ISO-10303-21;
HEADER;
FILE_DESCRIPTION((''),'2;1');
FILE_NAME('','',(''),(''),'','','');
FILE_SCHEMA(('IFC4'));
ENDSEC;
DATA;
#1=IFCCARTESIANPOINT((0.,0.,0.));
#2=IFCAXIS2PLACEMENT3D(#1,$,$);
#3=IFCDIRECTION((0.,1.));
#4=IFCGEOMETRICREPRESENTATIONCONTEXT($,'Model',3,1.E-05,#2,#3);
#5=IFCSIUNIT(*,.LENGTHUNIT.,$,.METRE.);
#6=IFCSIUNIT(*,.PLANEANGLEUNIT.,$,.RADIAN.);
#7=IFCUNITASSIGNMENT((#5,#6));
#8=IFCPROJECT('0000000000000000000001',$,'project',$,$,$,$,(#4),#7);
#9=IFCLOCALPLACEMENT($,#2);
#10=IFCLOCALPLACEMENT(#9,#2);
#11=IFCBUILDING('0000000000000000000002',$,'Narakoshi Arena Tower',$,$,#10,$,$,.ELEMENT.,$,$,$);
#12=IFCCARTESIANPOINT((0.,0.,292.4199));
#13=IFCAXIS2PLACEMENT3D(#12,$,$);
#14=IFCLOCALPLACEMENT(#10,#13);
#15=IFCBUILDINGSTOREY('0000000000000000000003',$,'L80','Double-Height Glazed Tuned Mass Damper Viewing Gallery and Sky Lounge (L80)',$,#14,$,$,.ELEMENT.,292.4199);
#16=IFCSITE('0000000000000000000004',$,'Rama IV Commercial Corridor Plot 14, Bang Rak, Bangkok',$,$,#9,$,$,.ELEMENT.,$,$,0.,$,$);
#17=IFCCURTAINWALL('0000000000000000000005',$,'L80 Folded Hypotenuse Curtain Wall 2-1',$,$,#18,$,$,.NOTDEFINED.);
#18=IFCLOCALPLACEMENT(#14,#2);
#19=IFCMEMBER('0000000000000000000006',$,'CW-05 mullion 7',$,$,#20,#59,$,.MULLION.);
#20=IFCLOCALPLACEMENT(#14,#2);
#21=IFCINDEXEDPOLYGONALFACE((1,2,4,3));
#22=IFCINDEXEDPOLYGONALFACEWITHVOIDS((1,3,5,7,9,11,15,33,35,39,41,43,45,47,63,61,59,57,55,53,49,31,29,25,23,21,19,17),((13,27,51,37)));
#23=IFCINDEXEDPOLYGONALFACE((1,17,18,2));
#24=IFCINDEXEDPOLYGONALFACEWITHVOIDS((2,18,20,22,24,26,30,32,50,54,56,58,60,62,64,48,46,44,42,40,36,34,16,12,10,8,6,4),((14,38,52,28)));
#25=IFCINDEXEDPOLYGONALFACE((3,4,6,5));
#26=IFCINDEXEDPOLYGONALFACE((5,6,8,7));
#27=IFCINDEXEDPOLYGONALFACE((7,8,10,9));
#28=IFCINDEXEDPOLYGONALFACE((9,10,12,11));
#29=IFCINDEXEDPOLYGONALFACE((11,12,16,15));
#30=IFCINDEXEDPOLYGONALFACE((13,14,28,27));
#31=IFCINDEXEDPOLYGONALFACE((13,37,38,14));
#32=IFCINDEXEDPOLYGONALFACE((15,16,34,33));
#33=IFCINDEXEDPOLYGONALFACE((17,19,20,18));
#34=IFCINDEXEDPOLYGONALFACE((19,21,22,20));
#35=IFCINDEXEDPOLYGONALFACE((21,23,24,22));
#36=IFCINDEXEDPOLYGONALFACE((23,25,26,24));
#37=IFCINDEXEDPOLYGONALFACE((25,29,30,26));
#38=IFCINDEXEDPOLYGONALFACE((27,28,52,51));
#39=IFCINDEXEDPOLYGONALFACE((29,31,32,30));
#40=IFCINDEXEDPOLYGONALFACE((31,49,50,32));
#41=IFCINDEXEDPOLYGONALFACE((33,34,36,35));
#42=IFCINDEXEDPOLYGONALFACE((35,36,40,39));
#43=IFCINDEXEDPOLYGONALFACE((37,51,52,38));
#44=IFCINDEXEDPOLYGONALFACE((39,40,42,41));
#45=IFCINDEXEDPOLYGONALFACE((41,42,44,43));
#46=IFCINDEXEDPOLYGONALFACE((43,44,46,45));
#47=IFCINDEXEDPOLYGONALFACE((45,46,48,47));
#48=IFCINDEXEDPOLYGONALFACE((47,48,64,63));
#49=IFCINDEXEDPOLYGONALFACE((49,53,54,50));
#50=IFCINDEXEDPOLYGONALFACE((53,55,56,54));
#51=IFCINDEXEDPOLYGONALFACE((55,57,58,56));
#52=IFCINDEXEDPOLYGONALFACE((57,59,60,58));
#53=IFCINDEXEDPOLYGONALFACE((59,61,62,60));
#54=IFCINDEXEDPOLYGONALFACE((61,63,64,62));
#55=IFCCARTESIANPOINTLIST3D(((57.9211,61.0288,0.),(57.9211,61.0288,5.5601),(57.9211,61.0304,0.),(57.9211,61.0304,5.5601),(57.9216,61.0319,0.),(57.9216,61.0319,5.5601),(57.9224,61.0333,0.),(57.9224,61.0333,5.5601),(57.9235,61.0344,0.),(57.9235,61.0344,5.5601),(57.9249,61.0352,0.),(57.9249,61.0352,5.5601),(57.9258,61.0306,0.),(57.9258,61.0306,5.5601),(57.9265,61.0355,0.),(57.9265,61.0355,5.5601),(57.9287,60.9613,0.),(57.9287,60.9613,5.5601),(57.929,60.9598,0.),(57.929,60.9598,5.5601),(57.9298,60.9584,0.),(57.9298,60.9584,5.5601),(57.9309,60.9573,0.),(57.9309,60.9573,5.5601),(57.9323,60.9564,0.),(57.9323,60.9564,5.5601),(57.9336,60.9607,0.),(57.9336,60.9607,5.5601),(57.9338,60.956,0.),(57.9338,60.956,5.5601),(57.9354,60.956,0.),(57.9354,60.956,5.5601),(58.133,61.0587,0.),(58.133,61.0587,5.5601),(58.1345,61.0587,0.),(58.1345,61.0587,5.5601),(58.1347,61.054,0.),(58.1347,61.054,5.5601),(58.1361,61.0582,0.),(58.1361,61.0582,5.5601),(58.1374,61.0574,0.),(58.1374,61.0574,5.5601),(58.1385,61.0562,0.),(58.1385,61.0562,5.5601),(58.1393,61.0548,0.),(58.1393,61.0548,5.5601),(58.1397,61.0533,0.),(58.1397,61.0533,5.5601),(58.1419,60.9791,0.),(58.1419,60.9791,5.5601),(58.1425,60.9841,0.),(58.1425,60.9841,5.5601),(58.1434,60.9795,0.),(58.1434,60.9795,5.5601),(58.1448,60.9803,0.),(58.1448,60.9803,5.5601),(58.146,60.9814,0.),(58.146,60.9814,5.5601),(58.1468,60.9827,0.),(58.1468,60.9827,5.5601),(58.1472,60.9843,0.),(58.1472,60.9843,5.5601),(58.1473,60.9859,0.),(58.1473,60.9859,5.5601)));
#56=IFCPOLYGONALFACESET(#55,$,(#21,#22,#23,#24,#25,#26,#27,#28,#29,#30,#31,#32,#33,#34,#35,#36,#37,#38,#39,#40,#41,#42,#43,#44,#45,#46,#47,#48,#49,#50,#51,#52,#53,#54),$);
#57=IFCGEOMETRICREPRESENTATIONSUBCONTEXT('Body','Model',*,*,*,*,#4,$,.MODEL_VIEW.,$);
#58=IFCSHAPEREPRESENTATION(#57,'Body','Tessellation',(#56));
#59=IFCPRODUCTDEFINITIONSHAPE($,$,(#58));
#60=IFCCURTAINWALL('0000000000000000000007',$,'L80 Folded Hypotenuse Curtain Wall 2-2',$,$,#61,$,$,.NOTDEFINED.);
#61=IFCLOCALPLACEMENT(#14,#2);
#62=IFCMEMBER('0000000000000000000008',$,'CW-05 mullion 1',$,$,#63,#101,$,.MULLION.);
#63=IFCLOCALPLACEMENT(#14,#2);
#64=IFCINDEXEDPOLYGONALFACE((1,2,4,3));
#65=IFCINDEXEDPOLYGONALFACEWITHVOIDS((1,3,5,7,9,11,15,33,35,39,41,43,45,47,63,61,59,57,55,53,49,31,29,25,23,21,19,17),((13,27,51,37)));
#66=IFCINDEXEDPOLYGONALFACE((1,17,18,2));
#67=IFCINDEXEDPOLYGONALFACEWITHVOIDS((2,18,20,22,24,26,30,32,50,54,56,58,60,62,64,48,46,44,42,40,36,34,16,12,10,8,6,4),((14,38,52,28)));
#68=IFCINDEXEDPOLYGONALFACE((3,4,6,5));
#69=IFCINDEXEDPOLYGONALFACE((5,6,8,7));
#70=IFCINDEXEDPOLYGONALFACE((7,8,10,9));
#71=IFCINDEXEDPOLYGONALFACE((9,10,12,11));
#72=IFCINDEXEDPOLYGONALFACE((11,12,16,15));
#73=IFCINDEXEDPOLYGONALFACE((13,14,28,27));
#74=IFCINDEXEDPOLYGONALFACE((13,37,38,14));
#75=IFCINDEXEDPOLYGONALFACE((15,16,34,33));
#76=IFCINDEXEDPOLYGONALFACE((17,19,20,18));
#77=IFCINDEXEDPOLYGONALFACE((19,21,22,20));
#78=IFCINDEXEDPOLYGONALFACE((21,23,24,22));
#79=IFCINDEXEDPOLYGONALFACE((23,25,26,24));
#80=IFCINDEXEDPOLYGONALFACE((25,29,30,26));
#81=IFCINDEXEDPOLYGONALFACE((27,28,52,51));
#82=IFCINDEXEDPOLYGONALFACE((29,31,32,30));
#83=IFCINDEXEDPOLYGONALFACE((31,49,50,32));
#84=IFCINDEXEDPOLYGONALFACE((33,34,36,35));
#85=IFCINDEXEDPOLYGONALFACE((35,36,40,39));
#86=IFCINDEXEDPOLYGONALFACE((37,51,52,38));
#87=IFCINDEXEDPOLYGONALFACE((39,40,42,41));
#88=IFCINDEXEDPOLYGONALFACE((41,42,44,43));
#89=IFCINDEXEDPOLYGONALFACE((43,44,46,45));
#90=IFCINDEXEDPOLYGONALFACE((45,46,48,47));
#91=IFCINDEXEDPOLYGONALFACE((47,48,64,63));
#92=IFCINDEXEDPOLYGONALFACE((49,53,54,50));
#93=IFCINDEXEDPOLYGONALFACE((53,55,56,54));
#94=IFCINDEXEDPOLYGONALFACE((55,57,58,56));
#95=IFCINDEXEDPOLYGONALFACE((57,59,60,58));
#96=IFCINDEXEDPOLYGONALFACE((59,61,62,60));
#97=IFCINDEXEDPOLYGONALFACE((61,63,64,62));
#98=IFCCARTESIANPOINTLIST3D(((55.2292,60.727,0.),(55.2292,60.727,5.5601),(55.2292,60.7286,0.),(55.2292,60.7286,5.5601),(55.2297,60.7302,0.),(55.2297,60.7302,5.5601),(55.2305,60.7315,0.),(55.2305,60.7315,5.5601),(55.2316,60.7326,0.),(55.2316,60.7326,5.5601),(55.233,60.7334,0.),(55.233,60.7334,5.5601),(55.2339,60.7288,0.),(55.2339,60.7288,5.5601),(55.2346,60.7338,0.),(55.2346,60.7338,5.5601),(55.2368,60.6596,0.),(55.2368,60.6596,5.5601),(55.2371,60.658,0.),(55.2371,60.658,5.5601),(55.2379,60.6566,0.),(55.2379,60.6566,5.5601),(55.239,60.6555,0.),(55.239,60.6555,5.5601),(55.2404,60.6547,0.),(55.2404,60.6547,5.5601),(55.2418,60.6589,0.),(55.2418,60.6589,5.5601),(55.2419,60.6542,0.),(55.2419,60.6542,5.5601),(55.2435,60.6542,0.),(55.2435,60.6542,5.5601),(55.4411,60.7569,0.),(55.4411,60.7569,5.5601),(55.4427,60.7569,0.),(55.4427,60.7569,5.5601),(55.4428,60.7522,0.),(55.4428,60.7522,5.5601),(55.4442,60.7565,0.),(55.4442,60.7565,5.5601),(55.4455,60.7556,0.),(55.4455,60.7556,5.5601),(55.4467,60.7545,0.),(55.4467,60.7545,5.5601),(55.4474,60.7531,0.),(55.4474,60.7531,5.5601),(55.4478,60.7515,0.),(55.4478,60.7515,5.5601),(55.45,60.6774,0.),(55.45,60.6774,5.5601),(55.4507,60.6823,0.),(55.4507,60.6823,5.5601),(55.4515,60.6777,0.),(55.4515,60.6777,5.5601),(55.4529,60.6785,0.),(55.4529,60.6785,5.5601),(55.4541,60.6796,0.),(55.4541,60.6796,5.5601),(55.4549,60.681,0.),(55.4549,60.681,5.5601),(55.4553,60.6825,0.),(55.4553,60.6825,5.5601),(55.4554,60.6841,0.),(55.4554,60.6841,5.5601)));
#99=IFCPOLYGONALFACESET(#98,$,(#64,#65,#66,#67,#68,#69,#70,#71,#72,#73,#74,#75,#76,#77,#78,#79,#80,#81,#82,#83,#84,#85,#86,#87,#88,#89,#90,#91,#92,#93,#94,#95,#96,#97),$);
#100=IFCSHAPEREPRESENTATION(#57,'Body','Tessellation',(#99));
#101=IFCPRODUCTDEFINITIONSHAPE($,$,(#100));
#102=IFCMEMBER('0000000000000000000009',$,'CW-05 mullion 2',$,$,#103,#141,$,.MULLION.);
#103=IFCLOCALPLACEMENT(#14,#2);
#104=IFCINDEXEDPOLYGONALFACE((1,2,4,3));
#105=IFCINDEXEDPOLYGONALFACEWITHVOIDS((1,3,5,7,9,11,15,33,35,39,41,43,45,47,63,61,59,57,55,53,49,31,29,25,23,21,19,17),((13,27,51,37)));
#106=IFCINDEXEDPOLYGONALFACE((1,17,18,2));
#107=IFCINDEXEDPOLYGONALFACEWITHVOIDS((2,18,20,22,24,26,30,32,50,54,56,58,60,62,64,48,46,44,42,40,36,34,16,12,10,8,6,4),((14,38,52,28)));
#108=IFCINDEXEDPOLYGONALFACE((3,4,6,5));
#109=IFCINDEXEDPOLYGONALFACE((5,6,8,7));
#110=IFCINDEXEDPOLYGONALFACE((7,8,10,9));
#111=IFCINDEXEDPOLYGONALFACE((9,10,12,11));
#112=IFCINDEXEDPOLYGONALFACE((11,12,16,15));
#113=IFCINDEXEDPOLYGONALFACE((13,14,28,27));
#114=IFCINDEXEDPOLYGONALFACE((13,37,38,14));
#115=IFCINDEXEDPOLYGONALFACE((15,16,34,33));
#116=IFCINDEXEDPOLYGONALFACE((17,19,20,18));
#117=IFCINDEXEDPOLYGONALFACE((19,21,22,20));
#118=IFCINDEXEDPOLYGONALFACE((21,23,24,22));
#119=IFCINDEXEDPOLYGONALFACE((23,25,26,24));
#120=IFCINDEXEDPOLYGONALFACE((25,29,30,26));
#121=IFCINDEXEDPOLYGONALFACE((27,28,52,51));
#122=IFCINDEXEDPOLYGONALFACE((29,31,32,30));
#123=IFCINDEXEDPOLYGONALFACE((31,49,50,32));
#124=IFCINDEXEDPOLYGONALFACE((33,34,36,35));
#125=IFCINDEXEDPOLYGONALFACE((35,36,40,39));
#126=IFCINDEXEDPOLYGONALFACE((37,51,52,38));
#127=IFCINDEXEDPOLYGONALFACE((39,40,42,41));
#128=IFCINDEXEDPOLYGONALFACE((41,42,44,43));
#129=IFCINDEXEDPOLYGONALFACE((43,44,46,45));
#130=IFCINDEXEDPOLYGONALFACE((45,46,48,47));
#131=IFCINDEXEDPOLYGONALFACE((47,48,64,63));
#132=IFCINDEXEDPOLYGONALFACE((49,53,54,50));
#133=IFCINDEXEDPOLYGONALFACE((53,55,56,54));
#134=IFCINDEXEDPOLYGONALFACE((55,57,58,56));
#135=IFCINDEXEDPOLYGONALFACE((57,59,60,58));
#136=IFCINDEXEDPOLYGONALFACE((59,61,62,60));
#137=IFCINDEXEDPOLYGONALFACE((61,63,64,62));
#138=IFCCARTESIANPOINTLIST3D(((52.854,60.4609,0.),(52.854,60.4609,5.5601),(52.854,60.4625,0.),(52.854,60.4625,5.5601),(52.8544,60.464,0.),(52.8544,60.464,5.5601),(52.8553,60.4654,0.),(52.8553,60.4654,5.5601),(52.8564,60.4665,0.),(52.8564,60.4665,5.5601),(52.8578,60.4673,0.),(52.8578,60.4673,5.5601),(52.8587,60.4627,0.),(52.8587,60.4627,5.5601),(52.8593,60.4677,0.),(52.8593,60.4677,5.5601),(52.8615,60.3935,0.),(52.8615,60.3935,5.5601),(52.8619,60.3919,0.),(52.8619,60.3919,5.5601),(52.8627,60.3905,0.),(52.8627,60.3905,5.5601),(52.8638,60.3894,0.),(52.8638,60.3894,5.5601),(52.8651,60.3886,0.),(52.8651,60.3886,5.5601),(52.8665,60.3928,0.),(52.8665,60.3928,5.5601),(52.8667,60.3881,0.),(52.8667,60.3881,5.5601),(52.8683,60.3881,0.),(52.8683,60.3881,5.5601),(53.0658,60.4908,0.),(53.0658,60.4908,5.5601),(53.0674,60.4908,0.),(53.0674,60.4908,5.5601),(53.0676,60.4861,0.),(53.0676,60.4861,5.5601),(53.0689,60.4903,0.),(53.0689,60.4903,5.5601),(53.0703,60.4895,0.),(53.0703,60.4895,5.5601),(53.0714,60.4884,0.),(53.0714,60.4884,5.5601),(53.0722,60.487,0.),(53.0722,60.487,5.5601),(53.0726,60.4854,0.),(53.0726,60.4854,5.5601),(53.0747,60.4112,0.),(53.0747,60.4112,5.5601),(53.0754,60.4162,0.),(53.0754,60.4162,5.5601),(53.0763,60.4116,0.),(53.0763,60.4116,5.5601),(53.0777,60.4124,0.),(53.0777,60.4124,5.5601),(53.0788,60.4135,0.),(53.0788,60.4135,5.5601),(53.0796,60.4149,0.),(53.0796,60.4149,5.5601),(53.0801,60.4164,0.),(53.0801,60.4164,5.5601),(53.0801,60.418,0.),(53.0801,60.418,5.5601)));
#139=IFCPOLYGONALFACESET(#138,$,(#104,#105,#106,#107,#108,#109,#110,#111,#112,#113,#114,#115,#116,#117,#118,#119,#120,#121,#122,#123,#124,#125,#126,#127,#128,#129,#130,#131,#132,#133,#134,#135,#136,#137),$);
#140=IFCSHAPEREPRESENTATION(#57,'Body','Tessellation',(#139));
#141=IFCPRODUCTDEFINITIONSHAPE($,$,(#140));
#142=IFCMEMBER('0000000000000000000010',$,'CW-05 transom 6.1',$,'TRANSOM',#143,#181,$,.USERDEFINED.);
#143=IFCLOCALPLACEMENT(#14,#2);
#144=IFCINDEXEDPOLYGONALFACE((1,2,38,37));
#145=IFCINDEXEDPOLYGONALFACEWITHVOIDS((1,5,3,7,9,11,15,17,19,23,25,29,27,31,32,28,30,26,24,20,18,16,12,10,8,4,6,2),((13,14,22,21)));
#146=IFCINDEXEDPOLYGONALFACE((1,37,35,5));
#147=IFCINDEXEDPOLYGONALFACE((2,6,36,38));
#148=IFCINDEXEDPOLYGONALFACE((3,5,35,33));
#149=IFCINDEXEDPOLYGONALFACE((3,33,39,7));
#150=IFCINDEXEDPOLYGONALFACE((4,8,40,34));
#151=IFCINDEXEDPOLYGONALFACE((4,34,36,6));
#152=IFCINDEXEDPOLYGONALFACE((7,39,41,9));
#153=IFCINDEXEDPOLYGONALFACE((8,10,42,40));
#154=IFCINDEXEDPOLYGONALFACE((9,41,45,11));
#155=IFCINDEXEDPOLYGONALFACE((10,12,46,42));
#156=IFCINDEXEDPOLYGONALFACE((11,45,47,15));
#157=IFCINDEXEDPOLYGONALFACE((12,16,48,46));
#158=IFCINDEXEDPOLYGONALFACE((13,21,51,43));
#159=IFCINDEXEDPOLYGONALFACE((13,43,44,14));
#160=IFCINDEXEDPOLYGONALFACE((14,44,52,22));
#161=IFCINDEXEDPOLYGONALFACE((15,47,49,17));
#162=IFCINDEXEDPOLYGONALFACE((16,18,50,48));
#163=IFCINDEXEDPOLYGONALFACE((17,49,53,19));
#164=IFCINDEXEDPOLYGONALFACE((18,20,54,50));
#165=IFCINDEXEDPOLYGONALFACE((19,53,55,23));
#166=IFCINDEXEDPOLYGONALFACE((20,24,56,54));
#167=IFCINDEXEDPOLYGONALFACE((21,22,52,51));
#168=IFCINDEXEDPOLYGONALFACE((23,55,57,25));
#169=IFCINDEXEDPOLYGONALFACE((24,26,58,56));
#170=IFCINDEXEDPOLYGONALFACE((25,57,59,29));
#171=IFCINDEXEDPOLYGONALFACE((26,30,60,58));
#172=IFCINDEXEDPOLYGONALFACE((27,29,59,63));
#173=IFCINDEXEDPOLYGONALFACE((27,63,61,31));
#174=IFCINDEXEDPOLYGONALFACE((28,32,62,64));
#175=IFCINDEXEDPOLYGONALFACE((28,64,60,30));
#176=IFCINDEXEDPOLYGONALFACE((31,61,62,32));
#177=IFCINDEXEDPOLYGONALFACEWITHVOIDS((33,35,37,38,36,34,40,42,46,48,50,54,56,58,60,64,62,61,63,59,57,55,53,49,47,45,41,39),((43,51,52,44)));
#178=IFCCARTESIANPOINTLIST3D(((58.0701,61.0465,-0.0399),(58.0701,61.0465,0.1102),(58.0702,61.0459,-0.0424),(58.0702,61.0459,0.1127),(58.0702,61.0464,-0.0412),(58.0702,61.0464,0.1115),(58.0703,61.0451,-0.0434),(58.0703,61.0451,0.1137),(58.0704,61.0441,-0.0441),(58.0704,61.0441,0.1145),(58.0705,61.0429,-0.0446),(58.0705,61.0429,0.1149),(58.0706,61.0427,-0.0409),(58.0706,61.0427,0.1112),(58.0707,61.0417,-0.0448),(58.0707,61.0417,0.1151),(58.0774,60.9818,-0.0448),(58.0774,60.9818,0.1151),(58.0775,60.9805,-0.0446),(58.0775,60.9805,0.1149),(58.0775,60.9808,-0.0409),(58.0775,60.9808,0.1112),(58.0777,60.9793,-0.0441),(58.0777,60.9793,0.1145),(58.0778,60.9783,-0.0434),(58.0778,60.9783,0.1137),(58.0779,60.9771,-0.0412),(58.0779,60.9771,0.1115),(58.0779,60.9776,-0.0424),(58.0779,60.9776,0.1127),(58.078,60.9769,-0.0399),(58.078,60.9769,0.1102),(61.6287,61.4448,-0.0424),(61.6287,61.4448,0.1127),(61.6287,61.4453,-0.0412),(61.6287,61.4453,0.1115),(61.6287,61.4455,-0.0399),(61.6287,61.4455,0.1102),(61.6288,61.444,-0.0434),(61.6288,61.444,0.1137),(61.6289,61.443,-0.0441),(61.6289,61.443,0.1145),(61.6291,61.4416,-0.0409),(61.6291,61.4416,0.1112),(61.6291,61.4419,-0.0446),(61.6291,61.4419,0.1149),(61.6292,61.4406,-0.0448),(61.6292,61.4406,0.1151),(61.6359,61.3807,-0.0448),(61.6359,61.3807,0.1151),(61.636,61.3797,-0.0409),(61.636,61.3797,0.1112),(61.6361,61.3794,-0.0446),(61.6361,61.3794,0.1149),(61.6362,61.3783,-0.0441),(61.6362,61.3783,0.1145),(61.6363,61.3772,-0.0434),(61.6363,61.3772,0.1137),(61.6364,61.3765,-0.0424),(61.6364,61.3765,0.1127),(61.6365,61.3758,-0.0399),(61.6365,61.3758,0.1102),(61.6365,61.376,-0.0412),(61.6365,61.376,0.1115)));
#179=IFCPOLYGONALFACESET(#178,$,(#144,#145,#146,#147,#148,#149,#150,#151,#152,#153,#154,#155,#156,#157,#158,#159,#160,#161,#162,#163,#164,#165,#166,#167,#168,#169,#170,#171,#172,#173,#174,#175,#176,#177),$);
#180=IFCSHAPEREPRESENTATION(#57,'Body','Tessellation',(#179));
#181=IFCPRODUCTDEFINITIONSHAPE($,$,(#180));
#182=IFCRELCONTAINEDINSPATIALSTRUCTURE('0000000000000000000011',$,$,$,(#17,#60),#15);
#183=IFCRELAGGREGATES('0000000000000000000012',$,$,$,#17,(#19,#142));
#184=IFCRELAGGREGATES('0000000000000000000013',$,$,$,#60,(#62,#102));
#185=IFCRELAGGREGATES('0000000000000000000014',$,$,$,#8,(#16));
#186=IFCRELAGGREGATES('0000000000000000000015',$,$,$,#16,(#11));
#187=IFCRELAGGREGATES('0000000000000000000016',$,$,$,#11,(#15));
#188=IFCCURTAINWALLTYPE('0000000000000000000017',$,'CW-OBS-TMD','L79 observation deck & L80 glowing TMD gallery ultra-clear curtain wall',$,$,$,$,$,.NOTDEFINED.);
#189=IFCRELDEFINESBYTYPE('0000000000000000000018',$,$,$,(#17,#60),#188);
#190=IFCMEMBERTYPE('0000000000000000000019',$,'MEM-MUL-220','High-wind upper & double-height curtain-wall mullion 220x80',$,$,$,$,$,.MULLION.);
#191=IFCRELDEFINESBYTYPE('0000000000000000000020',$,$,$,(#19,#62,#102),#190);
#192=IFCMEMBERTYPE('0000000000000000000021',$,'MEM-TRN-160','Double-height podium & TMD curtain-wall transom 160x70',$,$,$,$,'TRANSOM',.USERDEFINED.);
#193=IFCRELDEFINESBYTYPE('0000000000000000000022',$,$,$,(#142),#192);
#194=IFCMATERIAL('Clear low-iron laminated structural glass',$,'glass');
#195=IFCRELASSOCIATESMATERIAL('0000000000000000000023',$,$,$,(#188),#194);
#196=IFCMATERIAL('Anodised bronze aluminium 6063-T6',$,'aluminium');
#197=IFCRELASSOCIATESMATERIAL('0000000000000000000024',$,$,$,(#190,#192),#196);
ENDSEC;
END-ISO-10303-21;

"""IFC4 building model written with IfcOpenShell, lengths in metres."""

from ifc_helpers import new_model, si_unit, direction, frame, origin, origin_2d, place, context, subcontext, project, spatial, hollow_rectangle, extrude, material, material_profile, profile_set, type_object, element, aggregate, save


model = new_model("IFC4")

# Units and contexts
model_context = context("Model", 3, precision=1e-05, world=origin(), true_north=direction((0.0, 1.0)))
body_context = subcontext(model_context, "Body", "Model", "MODEL_VIEW")
ifc_project = project(units=[si_unit("LENGTHUNIT", "METRE"), si_unit("PLANEANGLEUNIT", "RADIAN")], contexts=[model_context])

# Site, building, storey
site_placement = place(None, origin())
site = spatial("IfcSite", under=ifc_project, at=site_placement, Name="Rama IV Commercial Corridor Plot 14, Bang Rak, Bangkok", CompositionType="ELEMENT", RefElevation=0.0)
building_placement = place(site_placement, origin())
building = spatial("IfcBuilding", under=site, at=building_placement, Name="Narakoshi Arena Tower", CompositionType="ELEMENT")
storey_placement = place(building_placement, frame((0.0, 0.0, 292.4199)))
storey = spatial("IfcBuildingStorey", under=building, at=storey_placement, Name="L80", Description="Double-Height Glazed Tuned Mass Damper Viewing Gallery and Sky Lounge (L80)", CompositionType="ELEMENT", Elevation=292.4199)

# Curtain walls, members
ifc_material_1 = material(Name="Clear low-iron laminated structural glass", Category="glass")
curtain_wall_type = type_object("IfcCurtainWallType", Name="CW-OBS-TMD", Description="L79 observation deck & L80 glowing TMD gallery ultra-clear curtain wall", PredefinedType="NOTDEFINED", material=ifc_material_1)
curtain_wall_1_placement = place(storey_placement, origin())
curtain_wall_1 = element("IfcCurtainWall", 1, at=curtain_wall_1_placement, inside=storey, type_object=curtain_wall_type, Name="L80 Folded Hypotenuse Curtain Wall 2-1", PredefinedType="NOTDEFINED")
ifc_material_2 = material(Name="Anodised bronze aluminium 6063-T6", Category="aluminium")
ifc_material_profile_1 = material_profile(ifc_material_2, hollow_rectangle(XDim=0.0801, YDim=0.22, WallThickness=0.0049, OuterFilletRadius=0.0061, at=origin_2d()), Name="MUL220x80x5")
ifc_profile_set_1 = profile_set([ifc_material_profile_1], Name="Anodised bronze aluminium 6063-T6")
member_type_1 = type_object("IfcMemberType", Name="MEM-MUL-220", Description="High-wind upper & double-height curtain-wall mullion 220x80", PredefinedType="MULLION", material=ifc_profile_set_1)
member_1_placement = place(storey_placement, frame((58.0342, 61.0073, 0.0), z_axis=(0.0, 0.0, 1.0), x_axis=(0.111397, -0.993776, 0.0)))
member_1 = element("IfcMember", 2, at=member_1_placement, type_object=member_type_1, Name="CW-05 mullion 7", PredefinedType="MULLION", context=body_context, shape_type="SweptSolid", body=[
    extrude(hollow_rectangle(XDim=0.0801, YDim=0.22, WallThickness=0.0049, OuterFilletRadius=0.0061, at=origin_2d()), origin(), (0.0, 0.0, 1.0), 5.5601),
])
curtain_wall_2_placement = place(storey_placement, origin())
curtain_wall_2 = element("IfcCurtainWall", 3, at=curtain_wall_2_placement, inside=storey, type_object=curtain_wall_type, Name="L80 Folded Hypotenuse Curtain Wall 2-2", PredefinedType="NOTDEFINED")
member_2_placement = place(storey_placement, frame((55.3423, 60.7056, 0.0), z_axis=(0.0, 0.0, 1.0), x_axis=(0.111418, -0.993774, 0.0)))
member_2 = element("IfcMember", 4, at=member_2_placement, type_object=member_type_1, Name="CW-05 mullion 1", PredefinedType="MULLION", context=body_context, shape_type="SweptSolid", body=[
    extrude(hollow_rectangle(XDim=0.0801, YDim=0.22, WallThickness=0.0049, OuterFilletRadius=0.0061, at=origin_2d()), origin(), (0.0, 0.0, 1.0), 5.5601),
])
member_3_placement = place(storey_placement, frame((52.967, 60.4395, 0.0), z_axis=(0.0, 0.0, 1.0), x_axis=(0.111418, -0.993774, 0.0)))
member_3 = element("IfcMember", 5, at=member_3_placement, type_object=member_type_1, Name="CW-05 mullion 2", PredefinedType="MULLION", context=body_context, shape_type="SweptSolid", body=[
    extrude(hollow_rectangle(XDim=0.0801, YDim=0.22, WallThickness=0.0049, OuterFilletRadius=0.0061, at=origin_2d()), origin(), (0.0, 0.0, 1.0), 5.5601),
])

# Member
ifc_material_profile_2 = material_profile(ifc_material_2, hollow_rectangle(XDim=0.0701, YDim=0.1599, WallThickness=0.0039, OuterFilletRadius=0.0049, at=origin_2d()), Name="TRN160x70x4")
ifc_profile_set_2 = profile_set([ifc_material_profile_2], Name="Anodised bronze aluminium 6063-T6")
member_type_2 = type_object("IfcMemberType", Name="MEM-TRN-160", Description="Double-height podium & TMD curtain-wall transom 160x70", ElementType="TRANSOM", PredefinedType="USERDEFINED", material=ifc_profile_set_2)
member_4_placement = place(storey_placement, frame((61.6326, 61.4106, 0.0352), z_axis=(-0.993775, -0.111404, 0.0), x_axis=(0.111404, -0.993775, 0.0)))
member_4 = element("IfcMember", 6, at=member_4_placement, type_object=member_type_2, Name="CW-05 transom 6.1", ObjectType="TRANSOM", PredefinedType="USERDEFINED", context=body_context, shape_type="SweptSolid", body=[
    extrude(hollow_rectangle(XDim=0.0701, YDim=0.1599, WallThickness=0.0039, OuterFilletRadius=0.0049, at=origin_2d()), origin(), (0.0, 0.0, 1.0), 3.5808),
])

aggregate(curtain_wall_1, [member_1, member_4])
aggregate(curtain_wall_2, [member_2, member_3])

save(model, "model.ifc")
